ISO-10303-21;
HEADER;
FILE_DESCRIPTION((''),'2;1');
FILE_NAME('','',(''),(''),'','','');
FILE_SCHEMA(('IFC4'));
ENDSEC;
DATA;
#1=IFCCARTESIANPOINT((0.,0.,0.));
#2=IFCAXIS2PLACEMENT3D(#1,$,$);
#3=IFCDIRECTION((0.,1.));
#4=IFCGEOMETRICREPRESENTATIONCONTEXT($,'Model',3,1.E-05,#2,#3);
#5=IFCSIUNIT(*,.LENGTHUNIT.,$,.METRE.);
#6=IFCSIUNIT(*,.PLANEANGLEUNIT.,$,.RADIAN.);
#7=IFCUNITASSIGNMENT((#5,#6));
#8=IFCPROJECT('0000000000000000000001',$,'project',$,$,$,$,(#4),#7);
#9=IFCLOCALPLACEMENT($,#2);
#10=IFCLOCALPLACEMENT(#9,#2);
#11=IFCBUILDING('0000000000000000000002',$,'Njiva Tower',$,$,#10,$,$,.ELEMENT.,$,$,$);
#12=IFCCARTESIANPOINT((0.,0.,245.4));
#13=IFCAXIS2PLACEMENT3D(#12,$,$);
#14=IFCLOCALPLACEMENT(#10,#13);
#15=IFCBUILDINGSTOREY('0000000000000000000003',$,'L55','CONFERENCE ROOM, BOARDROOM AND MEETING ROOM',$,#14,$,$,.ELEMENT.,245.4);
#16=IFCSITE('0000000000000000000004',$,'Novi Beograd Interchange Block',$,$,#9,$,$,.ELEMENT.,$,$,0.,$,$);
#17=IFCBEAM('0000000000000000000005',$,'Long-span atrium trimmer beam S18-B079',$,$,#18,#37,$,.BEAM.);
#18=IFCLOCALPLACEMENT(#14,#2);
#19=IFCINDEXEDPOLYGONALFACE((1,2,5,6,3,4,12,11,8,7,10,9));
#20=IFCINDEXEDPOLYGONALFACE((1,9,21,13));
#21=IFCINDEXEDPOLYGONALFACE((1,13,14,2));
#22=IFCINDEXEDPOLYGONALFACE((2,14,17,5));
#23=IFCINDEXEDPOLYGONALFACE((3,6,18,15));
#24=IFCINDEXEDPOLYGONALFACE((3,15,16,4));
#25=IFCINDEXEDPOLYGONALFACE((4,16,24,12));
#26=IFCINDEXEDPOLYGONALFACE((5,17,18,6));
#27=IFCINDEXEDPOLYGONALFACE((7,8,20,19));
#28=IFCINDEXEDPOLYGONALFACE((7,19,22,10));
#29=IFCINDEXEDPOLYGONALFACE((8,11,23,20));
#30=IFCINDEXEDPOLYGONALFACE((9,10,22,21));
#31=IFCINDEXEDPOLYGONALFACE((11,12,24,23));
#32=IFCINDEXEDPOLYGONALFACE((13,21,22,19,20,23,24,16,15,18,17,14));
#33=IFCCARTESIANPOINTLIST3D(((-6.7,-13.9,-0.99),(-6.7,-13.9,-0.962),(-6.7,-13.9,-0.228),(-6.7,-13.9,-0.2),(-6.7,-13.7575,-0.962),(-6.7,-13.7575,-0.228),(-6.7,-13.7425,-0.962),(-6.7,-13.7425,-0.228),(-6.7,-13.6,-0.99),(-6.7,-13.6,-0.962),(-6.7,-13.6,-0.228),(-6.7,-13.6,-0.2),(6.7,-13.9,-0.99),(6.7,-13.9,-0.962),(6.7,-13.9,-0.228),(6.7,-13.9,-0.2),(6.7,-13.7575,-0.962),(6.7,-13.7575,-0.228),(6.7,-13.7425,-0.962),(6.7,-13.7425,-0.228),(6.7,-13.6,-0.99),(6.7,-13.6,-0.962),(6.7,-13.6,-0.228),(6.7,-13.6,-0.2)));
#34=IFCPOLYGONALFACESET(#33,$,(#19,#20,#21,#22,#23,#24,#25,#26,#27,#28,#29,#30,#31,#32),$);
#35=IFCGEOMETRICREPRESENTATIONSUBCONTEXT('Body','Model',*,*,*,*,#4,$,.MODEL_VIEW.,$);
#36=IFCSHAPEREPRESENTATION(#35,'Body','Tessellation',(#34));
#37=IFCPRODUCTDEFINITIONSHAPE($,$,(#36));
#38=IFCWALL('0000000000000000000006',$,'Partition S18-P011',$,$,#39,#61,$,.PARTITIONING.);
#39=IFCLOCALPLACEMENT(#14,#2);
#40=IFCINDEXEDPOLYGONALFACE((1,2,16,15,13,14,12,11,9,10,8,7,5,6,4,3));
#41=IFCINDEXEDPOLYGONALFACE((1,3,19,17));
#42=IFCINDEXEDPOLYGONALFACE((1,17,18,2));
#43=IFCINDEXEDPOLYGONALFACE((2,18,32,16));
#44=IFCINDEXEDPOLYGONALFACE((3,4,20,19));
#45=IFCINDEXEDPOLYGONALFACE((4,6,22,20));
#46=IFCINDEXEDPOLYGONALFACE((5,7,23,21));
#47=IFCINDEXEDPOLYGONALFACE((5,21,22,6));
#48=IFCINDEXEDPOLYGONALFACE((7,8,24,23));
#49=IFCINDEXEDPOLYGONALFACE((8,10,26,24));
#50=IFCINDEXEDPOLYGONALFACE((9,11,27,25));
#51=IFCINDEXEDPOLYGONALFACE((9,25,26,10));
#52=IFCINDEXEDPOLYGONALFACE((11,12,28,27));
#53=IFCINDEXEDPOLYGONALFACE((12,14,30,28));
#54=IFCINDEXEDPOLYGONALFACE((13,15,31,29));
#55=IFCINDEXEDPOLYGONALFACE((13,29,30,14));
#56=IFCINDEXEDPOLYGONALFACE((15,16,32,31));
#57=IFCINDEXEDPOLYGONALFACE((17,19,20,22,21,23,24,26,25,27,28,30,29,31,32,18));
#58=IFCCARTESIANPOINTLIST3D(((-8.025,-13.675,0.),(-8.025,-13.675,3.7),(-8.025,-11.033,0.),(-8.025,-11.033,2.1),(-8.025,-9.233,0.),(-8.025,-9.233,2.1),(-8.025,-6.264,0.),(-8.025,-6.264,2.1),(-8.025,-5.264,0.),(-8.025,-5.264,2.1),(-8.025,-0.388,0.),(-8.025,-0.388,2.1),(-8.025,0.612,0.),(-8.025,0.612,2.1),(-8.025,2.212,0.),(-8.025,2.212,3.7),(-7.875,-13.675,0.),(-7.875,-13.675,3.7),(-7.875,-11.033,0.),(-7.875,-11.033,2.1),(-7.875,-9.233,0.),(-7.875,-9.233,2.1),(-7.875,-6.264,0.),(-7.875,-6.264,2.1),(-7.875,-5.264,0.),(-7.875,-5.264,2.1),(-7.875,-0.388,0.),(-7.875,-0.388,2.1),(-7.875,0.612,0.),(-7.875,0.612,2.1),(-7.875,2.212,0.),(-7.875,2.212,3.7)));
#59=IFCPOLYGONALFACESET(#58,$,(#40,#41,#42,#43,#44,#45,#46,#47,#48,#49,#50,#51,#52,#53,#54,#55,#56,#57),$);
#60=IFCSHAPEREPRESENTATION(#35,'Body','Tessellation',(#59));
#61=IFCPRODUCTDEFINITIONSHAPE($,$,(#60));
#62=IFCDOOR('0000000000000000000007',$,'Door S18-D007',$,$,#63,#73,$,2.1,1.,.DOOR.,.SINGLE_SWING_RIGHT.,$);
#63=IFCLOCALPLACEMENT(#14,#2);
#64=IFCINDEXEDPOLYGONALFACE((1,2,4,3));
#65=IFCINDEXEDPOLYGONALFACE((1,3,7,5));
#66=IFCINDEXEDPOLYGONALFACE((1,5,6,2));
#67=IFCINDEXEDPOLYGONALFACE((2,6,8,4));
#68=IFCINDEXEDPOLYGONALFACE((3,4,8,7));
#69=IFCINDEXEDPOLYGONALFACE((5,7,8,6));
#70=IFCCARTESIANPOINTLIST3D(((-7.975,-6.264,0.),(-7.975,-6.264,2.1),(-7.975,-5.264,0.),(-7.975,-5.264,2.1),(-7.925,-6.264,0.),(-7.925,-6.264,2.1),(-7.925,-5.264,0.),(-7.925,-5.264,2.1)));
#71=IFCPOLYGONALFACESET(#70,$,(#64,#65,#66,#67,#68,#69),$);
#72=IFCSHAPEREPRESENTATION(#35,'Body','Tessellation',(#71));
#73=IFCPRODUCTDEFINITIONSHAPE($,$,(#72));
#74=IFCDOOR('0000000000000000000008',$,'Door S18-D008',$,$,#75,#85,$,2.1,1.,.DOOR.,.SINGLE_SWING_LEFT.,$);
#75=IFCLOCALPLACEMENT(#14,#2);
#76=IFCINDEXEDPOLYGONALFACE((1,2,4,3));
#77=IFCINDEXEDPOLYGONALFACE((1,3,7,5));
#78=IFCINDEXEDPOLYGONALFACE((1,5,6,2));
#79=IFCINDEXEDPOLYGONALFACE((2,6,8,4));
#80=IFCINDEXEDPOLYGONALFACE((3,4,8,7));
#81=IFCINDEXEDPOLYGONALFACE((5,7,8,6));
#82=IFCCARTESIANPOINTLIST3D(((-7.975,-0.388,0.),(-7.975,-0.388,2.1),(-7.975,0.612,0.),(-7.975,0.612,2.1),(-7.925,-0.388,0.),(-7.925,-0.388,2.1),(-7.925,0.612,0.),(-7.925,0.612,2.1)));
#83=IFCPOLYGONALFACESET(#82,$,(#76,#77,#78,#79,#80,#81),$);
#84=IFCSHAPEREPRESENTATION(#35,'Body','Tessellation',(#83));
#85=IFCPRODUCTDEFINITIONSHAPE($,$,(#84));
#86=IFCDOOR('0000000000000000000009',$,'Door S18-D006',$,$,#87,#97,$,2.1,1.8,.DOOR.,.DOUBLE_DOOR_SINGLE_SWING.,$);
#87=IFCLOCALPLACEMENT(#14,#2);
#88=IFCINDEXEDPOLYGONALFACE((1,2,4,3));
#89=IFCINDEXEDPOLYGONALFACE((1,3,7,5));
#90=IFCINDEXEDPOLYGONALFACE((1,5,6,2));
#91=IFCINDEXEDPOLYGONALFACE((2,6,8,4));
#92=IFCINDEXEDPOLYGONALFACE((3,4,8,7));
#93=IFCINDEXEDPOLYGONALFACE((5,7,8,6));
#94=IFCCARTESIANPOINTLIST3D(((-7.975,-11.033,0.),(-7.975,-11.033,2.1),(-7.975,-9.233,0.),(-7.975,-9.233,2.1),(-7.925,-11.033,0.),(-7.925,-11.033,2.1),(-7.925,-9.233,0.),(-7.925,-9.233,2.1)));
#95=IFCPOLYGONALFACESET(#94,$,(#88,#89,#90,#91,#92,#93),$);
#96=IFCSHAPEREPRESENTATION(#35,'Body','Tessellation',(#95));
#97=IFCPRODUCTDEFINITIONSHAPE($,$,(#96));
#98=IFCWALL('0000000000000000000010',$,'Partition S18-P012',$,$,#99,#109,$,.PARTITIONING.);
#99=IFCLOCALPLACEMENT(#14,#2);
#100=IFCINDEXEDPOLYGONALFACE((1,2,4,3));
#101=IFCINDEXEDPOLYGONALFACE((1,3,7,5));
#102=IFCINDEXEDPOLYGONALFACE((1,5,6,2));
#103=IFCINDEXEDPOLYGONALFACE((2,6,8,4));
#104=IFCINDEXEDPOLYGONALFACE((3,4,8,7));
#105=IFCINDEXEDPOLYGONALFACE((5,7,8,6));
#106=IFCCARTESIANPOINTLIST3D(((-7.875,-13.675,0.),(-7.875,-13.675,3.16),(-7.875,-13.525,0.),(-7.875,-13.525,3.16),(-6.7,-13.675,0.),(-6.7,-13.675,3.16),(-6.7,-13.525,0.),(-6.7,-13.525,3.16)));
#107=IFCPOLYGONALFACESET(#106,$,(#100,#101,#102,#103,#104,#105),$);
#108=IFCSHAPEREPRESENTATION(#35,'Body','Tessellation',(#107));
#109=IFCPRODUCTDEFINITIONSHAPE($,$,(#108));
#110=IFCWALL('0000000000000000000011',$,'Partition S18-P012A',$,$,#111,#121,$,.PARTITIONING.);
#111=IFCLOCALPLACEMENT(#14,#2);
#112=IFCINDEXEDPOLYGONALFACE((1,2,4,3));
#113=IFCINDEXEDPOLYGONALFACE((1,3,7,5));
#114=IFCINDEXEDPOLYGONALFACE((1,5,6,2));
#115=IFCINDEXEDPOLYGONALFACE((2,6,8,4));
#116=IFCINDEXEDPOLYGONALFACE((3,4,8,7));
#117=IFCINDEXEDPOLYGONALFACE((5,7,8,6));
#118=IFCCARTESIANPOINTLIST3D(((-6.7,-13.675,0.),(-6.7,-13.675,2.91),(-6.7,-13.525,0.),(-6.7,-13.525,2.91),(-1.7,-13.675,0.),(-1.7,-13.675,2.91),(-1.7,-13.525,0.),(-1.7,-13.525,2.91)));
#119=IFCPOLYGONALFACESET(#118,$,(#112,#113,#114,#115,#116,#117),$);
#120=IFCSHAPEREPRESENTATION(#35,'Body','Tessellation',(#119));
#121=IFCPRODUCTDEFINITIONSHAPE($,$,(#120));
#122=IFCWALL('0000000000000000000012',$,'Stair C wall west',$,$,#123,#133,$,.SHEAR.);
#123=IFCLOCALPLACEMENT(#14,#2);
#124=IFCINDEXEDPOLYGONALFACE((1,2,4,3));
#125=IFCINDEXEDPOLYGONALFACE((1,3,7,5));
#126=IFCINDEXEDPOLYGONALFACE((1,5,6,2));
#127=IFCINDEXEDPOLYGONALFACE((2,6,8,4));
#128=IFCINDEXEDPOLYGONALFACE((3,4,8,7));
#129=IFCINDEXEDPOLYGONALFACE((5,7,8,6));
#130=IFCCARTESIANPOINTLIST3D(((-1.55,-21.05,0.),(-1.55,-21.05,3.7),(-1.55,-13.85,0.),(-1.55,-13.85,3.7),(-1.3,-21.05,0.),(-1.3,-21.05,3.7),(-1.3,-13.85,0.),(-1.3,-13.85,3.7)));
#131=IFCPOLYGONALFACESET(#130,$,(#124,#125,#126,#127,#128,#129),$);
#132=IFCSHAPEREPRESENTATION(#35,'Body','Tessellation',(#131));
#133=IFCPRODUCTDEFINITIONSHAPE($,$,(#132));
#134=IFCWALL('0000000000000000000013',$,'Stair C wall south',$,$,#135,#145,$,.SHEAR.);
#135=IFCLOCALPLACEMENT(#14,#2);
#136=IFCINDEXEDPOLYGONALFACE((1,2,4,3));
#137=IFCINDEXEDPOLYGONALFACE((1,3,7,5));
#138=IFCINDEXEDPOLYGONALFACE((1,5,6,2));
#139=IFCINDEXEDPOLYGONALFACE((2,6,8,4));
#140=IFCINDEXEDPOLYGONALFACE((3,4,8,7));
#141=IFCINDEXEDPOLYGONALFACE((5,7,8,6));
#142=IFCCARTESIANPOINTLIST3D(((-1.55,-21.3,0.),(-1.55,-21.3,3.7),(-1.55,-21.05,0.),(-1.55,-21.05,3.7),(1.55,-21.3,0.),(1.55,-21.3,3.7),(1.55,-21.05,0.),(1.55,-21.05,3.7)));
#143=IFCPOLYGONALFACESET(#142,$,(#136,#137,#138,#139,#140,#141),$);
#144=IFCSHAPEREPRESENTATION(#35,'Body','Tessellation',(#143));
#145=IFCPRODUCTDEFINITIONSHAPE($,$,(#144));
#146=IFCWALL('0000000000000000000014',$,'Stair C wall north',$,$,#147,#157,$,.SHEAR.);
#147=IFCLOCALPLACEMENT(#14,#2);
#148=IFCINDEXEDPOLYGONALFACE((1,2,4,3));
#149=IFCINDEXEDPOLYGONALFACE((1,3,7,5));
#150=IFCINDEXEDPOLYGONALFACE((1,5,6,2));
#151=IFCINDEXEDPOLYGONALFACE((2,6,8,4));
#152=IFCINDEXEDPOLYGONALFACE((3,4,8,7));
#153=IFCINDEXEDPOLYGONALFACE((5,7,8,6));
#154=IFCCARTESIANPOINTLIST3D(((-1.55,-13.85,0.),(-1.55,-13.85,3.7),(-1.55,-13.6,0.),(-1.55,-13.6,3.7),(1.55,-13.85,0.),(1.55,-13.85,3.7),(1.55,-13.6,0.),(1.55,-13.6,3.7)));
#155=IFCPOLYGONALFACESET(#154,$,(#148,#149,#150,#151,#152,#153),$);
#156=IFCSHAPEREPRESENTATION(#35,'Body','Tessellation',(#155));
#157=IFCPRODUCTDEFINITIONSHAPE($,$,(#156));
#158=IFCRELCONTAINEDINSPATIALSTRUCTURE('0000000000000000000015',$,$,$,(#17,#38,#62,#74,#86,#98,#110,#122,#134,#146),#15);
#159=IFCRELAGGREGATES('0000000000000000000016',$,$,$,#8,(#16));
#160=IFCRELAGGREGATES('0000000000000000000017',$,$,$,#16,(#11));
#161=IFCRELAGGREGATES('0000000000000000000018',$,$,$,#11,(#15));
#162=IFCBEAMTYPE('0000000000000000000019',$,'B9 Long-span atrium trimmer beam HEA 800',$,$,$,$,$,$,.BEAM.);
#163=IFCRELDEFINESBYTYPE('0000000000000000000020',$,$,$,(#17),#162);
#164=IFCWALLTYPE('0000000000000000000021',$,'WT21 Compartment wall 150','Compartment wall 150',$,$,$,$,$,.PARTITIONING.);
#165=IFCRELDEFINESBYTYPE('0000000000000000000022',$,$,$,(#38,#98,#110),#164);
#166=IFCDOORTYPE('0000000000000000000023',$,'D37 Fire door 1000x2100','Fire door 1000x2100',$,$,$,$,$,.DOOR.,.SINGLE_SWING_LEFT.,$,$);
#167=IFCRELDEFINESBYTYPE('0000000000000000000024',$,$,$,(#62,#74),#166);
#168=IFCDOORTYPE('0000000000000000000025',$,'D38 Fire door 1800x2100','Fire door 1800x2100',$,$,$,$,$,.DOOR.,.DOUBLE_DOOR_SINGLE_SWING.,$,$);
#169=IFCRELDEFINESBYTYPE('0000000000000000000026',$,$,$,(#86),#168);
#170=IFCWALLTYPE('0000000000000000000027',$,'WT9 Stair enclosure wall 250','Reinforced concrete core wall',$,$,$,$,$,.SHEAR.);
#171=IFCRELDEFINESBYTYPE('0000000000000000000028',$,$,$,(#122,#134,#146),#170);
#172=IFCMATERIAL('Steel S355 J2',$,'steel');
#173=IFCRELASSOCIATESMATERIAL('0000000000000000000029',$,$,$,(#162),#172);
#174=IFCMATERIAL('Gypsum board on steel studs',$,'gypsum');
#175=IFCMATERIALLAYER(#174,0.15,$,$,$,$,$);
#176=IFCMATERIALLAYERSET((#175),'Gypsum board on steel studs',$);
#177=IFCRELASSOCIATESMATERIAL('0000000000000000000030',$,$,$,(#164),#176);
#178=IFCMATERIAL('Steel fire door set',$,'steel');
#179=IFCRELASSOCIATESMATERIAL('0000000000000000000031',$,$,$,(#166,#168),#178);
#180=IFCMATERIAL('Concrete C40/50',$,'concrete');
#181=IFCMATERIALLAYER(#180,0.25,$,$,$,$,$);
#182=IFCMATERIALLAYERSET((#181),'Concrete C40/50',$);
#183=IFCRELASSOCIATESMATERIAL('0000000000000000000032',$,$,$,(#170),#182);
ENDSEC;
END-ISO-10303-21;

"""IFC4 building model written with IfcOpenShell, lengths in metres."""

from ifc_helpers import new_model, si_unit, direction, frame, frame_2d, origin, origin_2d, place, context, subcontext, project, spatial, rectangle, i_section, extrude, material, layer, layer_set, material_profile, profile_set, type_object, element, fill, save


model = new_model("IFC4")

# Units and contexts
model_context = context("Model", 3, precision=1e-05, world=origin(), true_north=direction((0.0, 1.0)))
body_context = subcontext(model_context, "Body", "Model", "MODEL_VIEW")
ifc_project = project(units=[si_unit("LENGTHUNIT", "METRE"), si_unit("PLANEANGLEUNIT", "RADIAN")], contexts=[model_context])

# Site, building, storey
site_placement = place(None, origin())
site = spatial("IfcSite", under=ifc_project, at=site_placement, Name="Novi Beograd Interchange Block", CompositionType="ELEMENT", RefElevation=0.0)
building_placement = place(site_placement, origin())
building = spatial("IfcBuilding", under=site, at=building_placement, Name="Njiva Tower", CompositionType="ELEMENT")
storey_placement = place(building_placement, frame((0.0, 0.0, 245.4)))
storey = spatial("IfcBuildingStorey", under=building, at=storey_placement, Name="L55", Description="CONFERENCE ROOM, BOARDROOM AND MEETING ROOM", CompositionType="ELEMENT", Elevation=245.4)

# Shared definitions
ifc_material_1 = material(Name="Steel S355 J2", Category="steel")

# Beam
ifc_material_profile_1 = material_profile(ifc_material_1, i_section(OverallWidth=0.3, OverallDepth=0.79, WebThickness=0.015, FlangeThickness=0.028, at=origin_2d()), Name="HEA 800")
ifc_profile_set_1 = profile_set([ifc_material_profile_1], Name="Steel S355 J2")
beam_type_1 = type_object("IfcBeamType", Name="B9 Long-span atrium trimmer beam HEA 800", PredefinedType="BEAM", material=ifc_profile_set_1)
beam_1_placement = place(storey_placement, frame((-6.7, -13.75, -0.595), z_axis=(1.0, 0.0, 0.0), x_axis=(0.0, 1.0, 0.0)))
element("IfcBeam", 1, at=beam_1_placement, inside=storey, type_object=beam_type_1, Name="Long-span atrium trimmer beam S18-B079", PredefinedType="BEAM", context=body_context, shape_type="SweptSolid", body=[
    extrude(i_section(OverallWidth=0.3, OverallDepth=0.79, WebThickness=0.015, FlangeThickness=0.028, at=origin_2d()), origin(), (0.0, 0.0, 1.0), 13.4),
])

# Wall, openings, doors
ifc_material_2 = material(Name="Gypsum board on steel studs", Category="gypsum")
ifc_layer_1 = layer(ifc_material_2, 0.15)
ifc_layer_set_1 = layer_set([ifc_layer_1], Name="Gypsum board on steel studs")
wall_type_1 = type_object("IfcWallType", Name="WT21 Compartment wall 150", Description="Compartment wall 150", PredefinedType="PARTITIONING", material=ifc_layer_set_1)
wall_1_placement = place(storey_placement, frame((-7.95, -13.675, 0.0), z_axis=(0.0, 0.0, 1.0), x_axis=(0.0, 1.0, 0.0)))
wall_1 = element("IfcWall", 2, at=wall_1_placement, inside=storey, type_object=wall_type_1, Name="Partition S18-P011", PredefinedType="PARTITIONING", context=body_context, shape_type="SweptSolid", body=[
    extrude(rectangle(XDim=15.887, YDim=0.15, at=frame_2d((7.9435, 0.0))), origin(), (0.0, 0.0, 1.0), 3.7),
])
opening_1_placement = place(wall_1_placement, frame((2.642, 0.0, 0.0)))
opening_1 = element("IfcOpeningElement", 3, at=opening_1_placement, cuts=wall_1, PredefinedType="OPENING", context=body_context, shape_type="SweptSolid", body=[
    extrude(rectangle(XDim=1.8, YDim=2.1, at=frame_2d((0.9, 1.05))), frame((0.0, 0.085, 0.0), z_axis=(0.0, -1.0, 0.0), x_axis=(1.0, 0.0, 0.0)), (0.0, 0.0, 1.0), 0.17),
])
opening_2_placement = place(wall_1_placement, frame((7.411, 0.0, 0.0)))
opening_2 = element("IfcOpeningElement", 4, at=opening_2_placement, cuts=wall_1, PredefinedType="OPENING", context=body_context, shape_type="SweptSolid", body=[
    extrude(rectangle(XDim=1.0, YDim=2.1, at=frame_2d((0.5, 1.05))), frame((0.0, 0.085, 0.0), z_axis=(0.0, -1.0, 0.0), x_axis=(1.0, 0.0, 0.0)), (0.0, 0.0, 1.0), 0.17),
])
opening_3_placement = place(wall_1_placement, frame((13.287, 0.0, 0.0)))
opening_3 = element("IfcOpeningElement", 5, at=opening_3_placement, cuts=wall_1, PredefinedType="OPENING", context=body_context, shape_type="SweptSolid", body=[
    extrude(rectangle(XDim=1.0, YDim=2.1, at=frame_2d((0.5, 1.05))), frame((0.0, 0.085, 0.0), z_axis=(0.0, -1.0, 0.0), x_axis=(1.0, 0.0, 0.0)), (0.0, 0.0, 1.0), 0.17),
])
ifc_material_3 = material(Name="Steel fire door set", Category="steel")
door_type_1 = type_object("IfcDoorType", Name="D37 Fire door 1000x2100", Description="Fire door 1000x2100", OperationType="SINGLE_SWING_LEFT", PredefinedType="DOOR", material=ifc_material_3)
door_1_placement = place(opening_2_placement, origin())
door_1 = element("IfcDoor", 6, at=door_1_placement, inside=storey, type_object=door_type_1, Name="Door S18-D007", OperationType="SINGLE_SWING_RIGHT", OverallHeight=2.1, OverallWidth=1.0, PredefinedType="DOOR", context=body_context, shape_type="SweptSolid", body=[
    extrude(rectangle(XDim=1.0, YDim=2.1, at=frame_2d((0.5, 1.05))), frame((0.0, 0.025, 0.0), z_axis=(0.0, -1.0, 0.0), x_axis=(1.0, 0.0, 0.0)), (0.0, 0.0, 1.0), 0.05),
])
fill(opening_2, door_1)
door_2_placement = place(opening_3_placement, origin())
door_2 = element("IfcDoor", 7, at=door_2_placement, inside=storey, type_object=door_type_1, Name="Door S18-D008", OperationType="SINGLE_SWING_LEFT", OverallHeight=2.1, OverallWidth=1.0, PredefinedType="DOOR", context=body_context, shape_type="SweptSolid", body=[
    extrude(rectangle(XDim=1.0, YDim=2.1, at=frame_2d((0.5, 1.05))), frame((0.0, 0.025, 0.0), z_axis=(0.0, -1.0, 0.0), x_axis=(1.0, 0.0, 0.0)), (0.0, 0.0, 1.0), 0.05),
])
fill(opening_3, door_2)
door_type_2 = type_object("IfcDoorType", Name="D38 Fire door 1800x2100", Description="Fire door 1800x2100", OperationType="DOUBLE_DOOR_SINGLE_SWING", PredefinedType="DOOR", material=ifc_material_3)
door_3_placement = place(opening_1_placement, origin())
door_3 = element("IfcDoor", 8, at=door_3_placement, inside=storey, type_object=door_type_2, Name="Door S18-D006", OperationType="DOUBLE_DOOR_SINGLE_SWING", OverallHeight=2.1, OverallWidth=1.8, PredefinedType="DOOR", context=body_context, shape_type="SweptSolid", body=[
    extrude(rectangle(XDim=1.8, YDim=2.1, at=frame_2d((0.9, 1.05))), frame((0.0, 0.025, 0.0), z_axis=(0.0, -1.0, 0.0), x_axis=(1.0, 0.0, 0.0)), (0.0, 0.0, 1.0), 0.05),
])
fill(opening_1, door_3)

# Walls
wall_2_placement = place(storey_placement, frame((-7.875, -13.6, 0.0), z_axis=(0.0, 0.0, 1.0), x_axis=(1.0, 0.0, 0.0)))
element("IfcWall", 9, at=wall_2_placement, inside=storey, type_object=wall_type_1, Name="Partition S18-P012", PredefinedType="PARTITIONING", context=body_context, shape_type="SweptSolid", body=[
    extrude(rectangle(XDim=1.175, YDim=0.15, at=frame_2d((0.5875, 0.0))), origin(), (0.0, 0.0, 1.0), 3.16),
])
wall_3_placement = place(storey_placement, frame((-6.7, -13.6, 0.0), z_axis=(0.0, 0.0, 1.0), x_axis=(1.0, 0.0, 0.0)))
element("IfcWall", 10, at=wall_3_placement, inside=storey, type_object=wall_type_1, Name="Partition S18-P012A", PredefinedType="PARTITIONING", context=body_context, shape_type="SweptSolid", body=[
    extrude(rectangle(XDim=5.0, YDim=0.15, at=frame_2d((2.5, 0.0))), origin(), (0.0, 0.0, 1.0), 2.91),
])
ifc_material_4 = material(Name="Concrete C40/50", Category="concrete")
ifc_layer_2 = layer(ifc_material_4, 0.25)
ifc_layer_set_2 = layer_set([ifc_layer_2], Name="Concrete C40/50")
wall_type_2 = type_object("IfcWallType", Name="WT9 Stair enclosure wall 250", Description="Reinforced concrete core wall", PredefinedType="SHEAR", material=ifc_layer_set_2)
wall_4_placement = place(storey_placement, frame((-1.425, -21.05, 0.0), z_axis=(0.0, 0.0, 1.0), x_axis=(0.0, 1.0, 0.0)))
element("IfcWall", 11, at=wall_4_placement, inside=storey, type_object=wall_type_2, Name="Stair C wall west", PredefinedType="SHEAR", context=body_context, shape_type="SweptSolid", body=[
    extrude(rectangle(XDim=7.2, YDim=0.25, at=frame_2d((3.6, 0.0))), origin(), (0.0, 0.0, 1.0), 3.7),
])
for number, where, z_axis, x_axis, name in (
    (12, (-1.55, -21.175, 0.0), (0.0, 0.0, 1.0), (1.0, 0.0, 0.0), "Stair C wall south"),
    (13, (-1.55, -13.725, 0.0), (0.0, 0.0, 1.0), (1.0, 0.0, 0.0), "Stair C wall north"),
):
    element("IfcWall", number, at=place(storey_placement, frame(where, z_axis=z_axis, x_axis=x_axis)), inside=storey, type_object=wall_type_2, Name=name, PredefinedType="SHEAR", context=body_context, shape_type="SweptSolid", body=[
        extrude(rectangle(XDim=3.1, YDim=0.25, at=frame_2d((1.55, 0.0))), origin(), (0.0, 0.0, 1.0), 3.7),
    ])

save(model, "model.ifc")
